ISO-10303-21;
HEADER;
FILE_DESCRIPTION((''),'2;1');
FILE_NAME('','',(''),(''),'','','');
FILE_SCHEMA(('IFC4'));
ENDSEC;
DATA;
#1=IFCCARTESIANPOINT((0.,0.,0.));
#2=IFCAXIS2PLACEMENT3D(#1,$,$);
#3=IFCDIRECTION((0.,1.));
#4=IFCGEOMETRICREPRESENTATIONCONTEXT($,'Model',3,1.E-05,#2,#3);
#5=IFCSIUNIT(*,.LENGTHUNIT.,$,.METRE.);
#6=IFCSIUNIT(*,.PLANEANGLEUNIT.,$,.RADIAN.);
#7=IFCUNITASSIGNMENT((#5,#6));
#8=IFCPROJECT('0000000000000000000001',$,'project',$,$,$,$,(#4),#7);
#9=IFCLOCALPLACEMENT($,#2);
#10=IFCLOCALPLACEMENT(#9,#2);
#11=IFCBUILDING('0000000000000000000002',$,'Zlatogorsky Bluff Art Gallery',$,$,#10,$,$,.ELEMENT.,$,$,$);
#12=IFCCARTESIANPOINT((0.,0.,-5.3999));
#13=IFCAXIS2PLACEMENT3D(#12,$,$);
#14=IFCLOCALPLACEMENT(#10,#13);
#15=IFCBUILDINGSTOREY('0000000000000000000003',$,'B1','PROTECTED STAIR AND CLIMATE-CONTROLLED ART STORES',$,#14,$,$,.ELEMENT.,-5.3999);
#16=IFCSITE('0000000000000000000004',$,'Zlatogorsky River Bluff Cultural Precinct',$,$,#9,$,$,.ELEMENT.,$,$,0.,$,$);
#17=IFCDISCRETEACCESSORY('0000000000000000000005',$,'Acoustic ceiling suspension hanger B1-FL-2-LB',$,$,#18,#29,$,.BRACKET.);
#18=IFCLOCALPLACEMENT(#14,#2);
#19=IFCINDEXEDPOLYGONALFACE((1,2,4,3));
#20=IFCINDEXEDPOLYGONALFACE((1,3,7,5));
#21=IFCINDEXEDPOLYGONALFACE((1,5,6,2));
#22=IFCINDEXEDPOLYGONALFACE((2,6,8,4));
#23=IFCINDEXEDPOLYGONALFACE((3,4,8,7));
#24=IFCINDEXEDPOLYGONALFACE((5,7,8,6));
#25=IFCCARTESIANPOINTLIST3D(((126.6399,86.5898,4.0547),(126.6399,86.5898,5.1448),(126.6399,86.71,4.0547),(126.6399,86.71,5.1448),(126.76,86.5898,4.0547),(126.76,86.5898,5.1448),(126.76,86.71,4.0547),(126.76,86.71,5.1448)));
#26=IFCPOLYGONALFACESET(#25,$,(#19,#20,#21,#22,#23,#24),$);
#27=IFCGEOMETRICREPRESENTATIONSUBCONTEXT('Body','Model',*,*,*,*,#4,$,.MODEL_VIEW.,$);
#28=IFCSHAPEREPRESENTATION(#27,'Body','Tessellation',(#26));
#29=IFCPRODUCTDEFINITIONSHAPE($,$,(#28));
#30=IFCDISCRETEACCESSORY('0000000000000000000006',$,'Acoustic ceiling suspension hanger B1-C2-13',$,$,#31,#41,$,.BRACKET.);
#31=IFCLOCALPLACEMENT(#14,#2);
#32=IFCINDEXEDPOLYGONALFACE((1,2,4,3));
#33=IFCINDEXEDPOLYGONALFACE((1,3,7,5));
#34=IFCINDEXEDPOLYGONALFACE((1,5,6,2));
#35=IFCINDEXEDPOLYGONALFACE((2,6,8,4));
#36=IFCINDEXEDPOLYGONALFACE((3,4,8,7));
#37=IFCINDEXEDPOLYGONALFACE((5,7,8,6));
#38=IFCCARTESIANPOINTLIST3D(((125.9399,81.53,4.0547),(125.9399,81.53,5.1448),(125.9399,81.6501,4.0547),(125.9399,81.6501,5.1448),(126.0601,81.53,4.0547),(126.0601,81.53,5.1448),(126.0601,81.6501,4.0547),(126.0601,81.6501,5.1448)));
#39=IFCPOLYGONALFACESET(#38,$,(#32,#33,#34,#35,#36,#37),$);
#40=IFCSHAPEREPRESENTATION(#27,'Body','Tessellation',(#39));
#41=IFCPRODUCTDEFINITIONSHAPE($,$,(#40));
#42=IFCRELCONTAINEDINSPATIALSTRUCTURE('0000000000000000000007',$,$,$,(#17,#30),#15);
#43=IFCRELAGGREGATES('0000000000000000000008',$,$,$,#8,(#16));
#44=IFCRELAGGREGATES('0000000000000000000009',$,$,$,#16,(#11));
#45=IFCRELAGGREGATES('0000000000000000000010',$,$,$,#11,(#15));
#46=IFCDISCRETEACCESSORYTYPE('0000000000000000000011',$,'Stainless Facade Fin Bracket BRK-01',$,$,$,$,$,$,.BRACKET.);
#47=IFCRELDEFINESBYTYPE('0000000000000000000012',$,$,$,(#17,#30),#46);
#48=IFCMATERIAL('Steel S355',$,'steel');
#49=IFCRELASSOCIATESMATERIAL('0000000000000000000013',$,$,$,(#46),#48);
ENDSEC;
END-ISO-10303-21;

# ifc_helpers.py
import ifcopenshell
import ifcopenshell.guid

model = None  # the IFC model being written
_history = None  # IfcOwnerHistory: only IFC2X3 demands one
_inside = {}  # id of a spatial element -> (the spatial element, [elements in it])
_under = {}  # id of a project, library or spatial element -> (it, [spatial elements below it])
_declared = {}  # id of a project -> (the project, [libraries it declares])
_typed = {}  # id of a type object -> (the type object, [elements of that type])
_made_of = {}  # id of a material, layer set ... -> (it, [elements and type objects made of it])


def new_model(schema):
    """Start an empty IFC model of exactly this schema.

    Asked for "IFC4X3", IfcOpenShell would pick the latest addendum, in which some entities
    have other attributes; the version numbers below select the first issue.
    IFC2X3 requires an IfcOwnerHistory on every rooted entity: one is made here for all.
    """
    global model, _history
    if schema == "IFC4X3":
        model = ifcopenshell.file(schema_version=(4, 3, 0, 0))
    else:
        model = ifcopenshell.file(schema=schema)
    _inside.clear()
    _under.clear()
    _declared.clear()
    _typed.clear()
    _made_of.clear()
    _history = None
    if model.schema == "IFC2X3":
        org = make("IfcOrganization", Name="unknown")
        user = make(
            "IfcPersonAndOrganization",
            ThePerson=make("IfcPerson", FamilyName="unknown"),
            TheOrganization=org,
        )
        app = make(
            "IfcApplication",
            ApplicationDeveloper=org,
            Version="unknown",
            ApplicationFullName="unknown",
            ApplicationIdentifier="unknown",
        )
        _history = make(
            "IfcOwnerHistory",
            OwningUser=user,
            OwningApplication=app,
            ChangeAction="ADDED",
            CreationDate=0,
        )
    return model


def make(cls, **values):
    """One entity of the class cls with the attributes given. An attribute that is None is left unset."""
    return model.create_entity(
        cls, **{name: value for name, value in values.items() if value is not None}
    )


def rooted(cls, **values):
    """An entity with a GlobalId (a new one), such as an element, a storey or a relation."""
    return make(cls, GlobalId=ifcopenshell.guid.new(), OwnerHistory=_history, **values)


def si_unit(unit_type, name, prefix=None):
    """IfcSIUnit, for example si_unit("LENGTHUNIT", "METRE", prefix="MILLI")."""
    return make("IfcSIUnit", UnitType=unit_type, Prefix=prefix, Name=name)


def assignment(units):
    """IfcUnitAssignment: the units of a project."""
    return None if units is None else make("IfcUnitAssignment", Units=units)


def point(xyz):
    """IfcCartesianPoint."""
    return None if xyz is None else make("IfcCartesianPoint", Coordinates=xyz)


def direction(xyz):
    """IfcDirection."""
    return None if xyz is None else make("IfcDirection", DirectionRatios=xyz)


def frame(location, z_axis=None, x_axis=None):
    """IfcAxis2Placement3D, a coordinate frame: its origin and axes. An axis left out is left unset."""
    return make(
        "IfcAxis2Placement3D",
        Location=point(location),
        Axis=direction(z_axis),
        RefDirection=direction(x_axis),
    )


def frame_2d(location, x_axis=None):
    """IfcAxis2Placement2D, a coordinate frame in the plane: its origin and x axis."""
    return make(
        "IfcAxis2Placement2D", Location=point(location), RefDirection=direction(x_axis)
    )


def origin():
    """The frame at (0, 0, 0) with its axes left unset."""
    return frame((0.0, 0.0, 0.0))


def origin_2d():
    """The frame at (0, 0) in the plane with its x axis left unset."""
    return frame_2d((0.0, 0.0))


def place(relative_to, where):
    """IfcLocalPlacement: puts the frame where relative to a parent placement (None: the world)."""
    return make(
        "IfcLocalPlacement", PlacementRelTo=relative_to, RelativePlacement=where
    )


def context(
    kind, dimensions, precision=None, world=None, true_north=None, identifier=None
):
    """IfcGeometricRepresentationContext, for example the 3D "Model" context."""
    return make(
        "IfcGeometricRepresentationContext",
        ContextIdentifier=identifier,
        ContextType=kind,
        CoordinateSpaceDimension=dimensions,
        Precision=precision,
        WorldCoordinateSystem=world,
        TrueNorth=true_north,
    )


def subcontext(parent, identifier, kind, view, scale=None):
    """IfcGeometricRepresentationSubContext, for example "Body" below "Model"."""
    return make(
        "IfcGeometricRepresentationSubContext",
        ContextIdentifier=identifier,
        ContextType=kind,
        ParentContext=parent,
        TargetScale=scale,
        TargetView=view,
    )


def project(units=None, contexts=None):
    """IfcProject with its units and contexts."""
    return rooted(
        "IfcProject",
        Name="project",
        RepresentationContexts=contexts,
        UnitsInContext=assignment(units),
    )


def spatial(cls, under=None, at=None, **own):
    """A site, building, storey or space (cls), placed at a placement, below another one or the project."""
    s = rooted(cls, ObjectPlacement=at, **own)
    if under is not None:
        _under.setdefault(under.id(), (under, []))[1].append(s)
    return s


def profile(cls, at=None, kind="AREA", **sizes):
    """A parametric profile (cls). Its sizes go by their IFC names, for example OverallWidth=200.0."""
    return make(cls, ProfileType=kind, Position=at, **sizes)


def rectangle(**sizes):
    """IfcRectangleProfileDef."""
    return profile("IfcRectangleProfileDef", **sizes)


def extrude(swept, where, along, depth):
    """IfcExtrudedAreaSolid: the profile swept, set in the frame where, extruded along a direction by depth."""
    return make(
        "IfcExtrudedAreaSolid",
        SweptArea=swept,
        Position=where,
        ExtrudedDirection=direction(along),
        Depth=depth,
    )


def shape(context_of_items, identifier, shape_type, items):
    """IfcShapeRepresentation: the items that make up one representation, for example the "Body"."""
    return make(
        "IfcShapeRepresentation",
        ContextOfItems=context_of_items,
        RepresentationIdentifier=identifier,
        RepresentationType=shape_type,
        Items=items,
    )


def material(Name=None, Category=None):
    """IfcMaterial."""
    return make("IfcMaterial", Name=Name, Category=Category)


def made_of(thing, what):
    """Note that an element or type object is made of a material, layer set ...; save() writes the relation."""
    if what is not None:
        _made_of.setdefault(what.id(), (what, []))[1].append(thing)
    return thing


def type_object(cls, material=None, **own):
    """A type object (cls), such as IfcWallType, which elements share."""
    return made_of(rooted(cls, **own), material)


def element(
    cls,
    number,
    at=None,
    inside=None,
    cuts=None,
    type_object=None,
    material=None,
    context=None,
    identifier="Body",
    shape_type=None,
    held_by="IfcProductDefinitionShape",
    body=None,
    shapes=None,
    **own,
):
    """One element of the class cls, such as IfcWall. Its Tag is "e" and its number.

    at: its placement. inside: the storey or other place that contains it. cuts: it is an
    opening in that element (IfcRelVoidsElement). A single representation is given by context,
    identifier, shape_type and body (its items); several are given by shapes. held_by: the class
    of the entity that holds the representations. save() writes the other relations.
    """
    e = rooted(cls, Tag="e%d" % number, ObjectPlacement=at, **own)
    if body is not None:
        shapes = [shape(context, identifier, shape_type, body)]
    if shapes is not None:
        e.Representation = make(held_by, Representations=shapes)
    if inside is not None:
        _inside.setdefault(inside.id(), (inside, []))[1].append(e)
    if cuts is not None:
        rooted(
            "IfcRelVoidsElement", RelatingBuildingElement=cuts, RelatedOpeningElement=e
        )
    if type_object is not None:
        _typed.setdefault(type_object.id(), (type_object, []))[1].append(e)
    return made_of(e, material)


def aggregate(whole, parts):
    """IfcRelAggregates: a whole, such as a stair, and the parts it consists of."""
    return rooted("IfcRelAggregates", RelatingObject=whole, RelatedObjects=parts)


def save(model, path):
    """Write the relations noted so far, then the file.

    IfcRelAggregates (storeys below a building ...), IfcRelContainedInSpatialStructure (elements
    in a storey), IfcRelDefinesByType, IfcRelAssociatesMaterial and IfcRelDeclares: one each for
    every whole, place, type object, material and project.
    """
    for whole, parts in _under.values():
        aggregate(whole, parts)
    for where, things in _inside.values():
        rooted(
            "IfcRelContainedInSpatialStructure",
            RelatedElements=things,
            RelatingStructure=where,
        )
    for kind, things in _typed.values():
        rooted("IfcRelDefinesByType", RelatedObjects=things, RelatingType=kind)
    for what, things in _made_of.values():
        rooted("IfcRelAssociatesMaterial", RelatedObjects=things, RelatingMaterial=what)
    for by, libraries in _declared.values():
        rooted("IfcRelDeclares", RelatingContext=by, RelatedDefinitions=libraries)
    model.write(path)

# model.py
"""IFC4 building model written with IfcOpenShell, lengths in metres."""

from ifc_helpers import new_model, si_unit, direction, frame, origin, origin_2d, place, context, subcontext, project, spatial, rectangle, extrude, material, type_object, element, save


model = new_model("IFC4")

# Units and contexts
model_context = context("Model", 3, precision=1e-05, world=origin(), true_north=direction((0.0, 1.0)))
body_context = subcontext(model_context, "Body", "Model", "MODEL_VIEW")
ifc_project = project(units=[si_unit("LENGTHUNIT", "METRE"), si_unit("PLANEANGLEUNIT", "RADIAN")], contexts=[model_context])

# Site, building, storey
site_placement = place(None, origin())
site = spatial("IfcSite", under=ifc_project, at=site_placement, Name="Zlatogorsky River Bluff Cultural Precinct", CompositionType="ELEMENT", RefElevation=0.0)
building_placement = place(site_placement, origin())
building = spatial("IfcBuilding", under=site, at=building_placement, Name="Zlatogorsky Bluff Art Gallery", CompositionType="ELEMENT")
storey_placement = place(building_placement, frame((0.0, 0.0, -5.3999)))
storey = spatial("IfcBuildingStorey", under=building, at=storey_placement, Name="B1", Description="PROTECTED STAIR AND CLIMATE-CONTROLLED ART STORES", CompositionType="ELEMENT", Elevation=-5.3999)

# Shared definitions
ifc_material_1 = material(Name="Steel S355", Category="steel")

# Discrete accessories
discrete_accessory_type = type_object("IfcDiscreteAccessoryType", Name="Stainless Facade Fin Bracket BRK-01", PredefinedType="BRACKET", material=ifc_material_1)
for number, where, z_axis, x_axis, name in (
    (1, (126.7, 86.6499, 4.0547), (0.0, 0.0, 1.0), (1.0, 0.0, 0.0), "Acoustic ceiling suspension hanger B1-FL-2-LB"),
    (2, (126.0, 81.5901, 4.0547), (0.0, 0.0, 1.0), (1.0, 0.0, 0.0), "Acoustic ceiling suspension hanger B1-C2-13"),
):
    element("IfcDiscreteAccessory", number, at=place(storey_placement, frame(where, z_axis=z_axis, x_axis=x_axis)), inside=storey, type_object=discrete_accessory_type, Name=name, PredefinedType="BRACKET", context=body_context, shape_type="SweptSolid", body=[
        extrude(rectangle(XDim=0.1201, YDim=0.1201, at=origin_2d()), origin(), (0.0, 0.0, 1.0), 1.0901),
    ])

save(model, "model.ifc")
